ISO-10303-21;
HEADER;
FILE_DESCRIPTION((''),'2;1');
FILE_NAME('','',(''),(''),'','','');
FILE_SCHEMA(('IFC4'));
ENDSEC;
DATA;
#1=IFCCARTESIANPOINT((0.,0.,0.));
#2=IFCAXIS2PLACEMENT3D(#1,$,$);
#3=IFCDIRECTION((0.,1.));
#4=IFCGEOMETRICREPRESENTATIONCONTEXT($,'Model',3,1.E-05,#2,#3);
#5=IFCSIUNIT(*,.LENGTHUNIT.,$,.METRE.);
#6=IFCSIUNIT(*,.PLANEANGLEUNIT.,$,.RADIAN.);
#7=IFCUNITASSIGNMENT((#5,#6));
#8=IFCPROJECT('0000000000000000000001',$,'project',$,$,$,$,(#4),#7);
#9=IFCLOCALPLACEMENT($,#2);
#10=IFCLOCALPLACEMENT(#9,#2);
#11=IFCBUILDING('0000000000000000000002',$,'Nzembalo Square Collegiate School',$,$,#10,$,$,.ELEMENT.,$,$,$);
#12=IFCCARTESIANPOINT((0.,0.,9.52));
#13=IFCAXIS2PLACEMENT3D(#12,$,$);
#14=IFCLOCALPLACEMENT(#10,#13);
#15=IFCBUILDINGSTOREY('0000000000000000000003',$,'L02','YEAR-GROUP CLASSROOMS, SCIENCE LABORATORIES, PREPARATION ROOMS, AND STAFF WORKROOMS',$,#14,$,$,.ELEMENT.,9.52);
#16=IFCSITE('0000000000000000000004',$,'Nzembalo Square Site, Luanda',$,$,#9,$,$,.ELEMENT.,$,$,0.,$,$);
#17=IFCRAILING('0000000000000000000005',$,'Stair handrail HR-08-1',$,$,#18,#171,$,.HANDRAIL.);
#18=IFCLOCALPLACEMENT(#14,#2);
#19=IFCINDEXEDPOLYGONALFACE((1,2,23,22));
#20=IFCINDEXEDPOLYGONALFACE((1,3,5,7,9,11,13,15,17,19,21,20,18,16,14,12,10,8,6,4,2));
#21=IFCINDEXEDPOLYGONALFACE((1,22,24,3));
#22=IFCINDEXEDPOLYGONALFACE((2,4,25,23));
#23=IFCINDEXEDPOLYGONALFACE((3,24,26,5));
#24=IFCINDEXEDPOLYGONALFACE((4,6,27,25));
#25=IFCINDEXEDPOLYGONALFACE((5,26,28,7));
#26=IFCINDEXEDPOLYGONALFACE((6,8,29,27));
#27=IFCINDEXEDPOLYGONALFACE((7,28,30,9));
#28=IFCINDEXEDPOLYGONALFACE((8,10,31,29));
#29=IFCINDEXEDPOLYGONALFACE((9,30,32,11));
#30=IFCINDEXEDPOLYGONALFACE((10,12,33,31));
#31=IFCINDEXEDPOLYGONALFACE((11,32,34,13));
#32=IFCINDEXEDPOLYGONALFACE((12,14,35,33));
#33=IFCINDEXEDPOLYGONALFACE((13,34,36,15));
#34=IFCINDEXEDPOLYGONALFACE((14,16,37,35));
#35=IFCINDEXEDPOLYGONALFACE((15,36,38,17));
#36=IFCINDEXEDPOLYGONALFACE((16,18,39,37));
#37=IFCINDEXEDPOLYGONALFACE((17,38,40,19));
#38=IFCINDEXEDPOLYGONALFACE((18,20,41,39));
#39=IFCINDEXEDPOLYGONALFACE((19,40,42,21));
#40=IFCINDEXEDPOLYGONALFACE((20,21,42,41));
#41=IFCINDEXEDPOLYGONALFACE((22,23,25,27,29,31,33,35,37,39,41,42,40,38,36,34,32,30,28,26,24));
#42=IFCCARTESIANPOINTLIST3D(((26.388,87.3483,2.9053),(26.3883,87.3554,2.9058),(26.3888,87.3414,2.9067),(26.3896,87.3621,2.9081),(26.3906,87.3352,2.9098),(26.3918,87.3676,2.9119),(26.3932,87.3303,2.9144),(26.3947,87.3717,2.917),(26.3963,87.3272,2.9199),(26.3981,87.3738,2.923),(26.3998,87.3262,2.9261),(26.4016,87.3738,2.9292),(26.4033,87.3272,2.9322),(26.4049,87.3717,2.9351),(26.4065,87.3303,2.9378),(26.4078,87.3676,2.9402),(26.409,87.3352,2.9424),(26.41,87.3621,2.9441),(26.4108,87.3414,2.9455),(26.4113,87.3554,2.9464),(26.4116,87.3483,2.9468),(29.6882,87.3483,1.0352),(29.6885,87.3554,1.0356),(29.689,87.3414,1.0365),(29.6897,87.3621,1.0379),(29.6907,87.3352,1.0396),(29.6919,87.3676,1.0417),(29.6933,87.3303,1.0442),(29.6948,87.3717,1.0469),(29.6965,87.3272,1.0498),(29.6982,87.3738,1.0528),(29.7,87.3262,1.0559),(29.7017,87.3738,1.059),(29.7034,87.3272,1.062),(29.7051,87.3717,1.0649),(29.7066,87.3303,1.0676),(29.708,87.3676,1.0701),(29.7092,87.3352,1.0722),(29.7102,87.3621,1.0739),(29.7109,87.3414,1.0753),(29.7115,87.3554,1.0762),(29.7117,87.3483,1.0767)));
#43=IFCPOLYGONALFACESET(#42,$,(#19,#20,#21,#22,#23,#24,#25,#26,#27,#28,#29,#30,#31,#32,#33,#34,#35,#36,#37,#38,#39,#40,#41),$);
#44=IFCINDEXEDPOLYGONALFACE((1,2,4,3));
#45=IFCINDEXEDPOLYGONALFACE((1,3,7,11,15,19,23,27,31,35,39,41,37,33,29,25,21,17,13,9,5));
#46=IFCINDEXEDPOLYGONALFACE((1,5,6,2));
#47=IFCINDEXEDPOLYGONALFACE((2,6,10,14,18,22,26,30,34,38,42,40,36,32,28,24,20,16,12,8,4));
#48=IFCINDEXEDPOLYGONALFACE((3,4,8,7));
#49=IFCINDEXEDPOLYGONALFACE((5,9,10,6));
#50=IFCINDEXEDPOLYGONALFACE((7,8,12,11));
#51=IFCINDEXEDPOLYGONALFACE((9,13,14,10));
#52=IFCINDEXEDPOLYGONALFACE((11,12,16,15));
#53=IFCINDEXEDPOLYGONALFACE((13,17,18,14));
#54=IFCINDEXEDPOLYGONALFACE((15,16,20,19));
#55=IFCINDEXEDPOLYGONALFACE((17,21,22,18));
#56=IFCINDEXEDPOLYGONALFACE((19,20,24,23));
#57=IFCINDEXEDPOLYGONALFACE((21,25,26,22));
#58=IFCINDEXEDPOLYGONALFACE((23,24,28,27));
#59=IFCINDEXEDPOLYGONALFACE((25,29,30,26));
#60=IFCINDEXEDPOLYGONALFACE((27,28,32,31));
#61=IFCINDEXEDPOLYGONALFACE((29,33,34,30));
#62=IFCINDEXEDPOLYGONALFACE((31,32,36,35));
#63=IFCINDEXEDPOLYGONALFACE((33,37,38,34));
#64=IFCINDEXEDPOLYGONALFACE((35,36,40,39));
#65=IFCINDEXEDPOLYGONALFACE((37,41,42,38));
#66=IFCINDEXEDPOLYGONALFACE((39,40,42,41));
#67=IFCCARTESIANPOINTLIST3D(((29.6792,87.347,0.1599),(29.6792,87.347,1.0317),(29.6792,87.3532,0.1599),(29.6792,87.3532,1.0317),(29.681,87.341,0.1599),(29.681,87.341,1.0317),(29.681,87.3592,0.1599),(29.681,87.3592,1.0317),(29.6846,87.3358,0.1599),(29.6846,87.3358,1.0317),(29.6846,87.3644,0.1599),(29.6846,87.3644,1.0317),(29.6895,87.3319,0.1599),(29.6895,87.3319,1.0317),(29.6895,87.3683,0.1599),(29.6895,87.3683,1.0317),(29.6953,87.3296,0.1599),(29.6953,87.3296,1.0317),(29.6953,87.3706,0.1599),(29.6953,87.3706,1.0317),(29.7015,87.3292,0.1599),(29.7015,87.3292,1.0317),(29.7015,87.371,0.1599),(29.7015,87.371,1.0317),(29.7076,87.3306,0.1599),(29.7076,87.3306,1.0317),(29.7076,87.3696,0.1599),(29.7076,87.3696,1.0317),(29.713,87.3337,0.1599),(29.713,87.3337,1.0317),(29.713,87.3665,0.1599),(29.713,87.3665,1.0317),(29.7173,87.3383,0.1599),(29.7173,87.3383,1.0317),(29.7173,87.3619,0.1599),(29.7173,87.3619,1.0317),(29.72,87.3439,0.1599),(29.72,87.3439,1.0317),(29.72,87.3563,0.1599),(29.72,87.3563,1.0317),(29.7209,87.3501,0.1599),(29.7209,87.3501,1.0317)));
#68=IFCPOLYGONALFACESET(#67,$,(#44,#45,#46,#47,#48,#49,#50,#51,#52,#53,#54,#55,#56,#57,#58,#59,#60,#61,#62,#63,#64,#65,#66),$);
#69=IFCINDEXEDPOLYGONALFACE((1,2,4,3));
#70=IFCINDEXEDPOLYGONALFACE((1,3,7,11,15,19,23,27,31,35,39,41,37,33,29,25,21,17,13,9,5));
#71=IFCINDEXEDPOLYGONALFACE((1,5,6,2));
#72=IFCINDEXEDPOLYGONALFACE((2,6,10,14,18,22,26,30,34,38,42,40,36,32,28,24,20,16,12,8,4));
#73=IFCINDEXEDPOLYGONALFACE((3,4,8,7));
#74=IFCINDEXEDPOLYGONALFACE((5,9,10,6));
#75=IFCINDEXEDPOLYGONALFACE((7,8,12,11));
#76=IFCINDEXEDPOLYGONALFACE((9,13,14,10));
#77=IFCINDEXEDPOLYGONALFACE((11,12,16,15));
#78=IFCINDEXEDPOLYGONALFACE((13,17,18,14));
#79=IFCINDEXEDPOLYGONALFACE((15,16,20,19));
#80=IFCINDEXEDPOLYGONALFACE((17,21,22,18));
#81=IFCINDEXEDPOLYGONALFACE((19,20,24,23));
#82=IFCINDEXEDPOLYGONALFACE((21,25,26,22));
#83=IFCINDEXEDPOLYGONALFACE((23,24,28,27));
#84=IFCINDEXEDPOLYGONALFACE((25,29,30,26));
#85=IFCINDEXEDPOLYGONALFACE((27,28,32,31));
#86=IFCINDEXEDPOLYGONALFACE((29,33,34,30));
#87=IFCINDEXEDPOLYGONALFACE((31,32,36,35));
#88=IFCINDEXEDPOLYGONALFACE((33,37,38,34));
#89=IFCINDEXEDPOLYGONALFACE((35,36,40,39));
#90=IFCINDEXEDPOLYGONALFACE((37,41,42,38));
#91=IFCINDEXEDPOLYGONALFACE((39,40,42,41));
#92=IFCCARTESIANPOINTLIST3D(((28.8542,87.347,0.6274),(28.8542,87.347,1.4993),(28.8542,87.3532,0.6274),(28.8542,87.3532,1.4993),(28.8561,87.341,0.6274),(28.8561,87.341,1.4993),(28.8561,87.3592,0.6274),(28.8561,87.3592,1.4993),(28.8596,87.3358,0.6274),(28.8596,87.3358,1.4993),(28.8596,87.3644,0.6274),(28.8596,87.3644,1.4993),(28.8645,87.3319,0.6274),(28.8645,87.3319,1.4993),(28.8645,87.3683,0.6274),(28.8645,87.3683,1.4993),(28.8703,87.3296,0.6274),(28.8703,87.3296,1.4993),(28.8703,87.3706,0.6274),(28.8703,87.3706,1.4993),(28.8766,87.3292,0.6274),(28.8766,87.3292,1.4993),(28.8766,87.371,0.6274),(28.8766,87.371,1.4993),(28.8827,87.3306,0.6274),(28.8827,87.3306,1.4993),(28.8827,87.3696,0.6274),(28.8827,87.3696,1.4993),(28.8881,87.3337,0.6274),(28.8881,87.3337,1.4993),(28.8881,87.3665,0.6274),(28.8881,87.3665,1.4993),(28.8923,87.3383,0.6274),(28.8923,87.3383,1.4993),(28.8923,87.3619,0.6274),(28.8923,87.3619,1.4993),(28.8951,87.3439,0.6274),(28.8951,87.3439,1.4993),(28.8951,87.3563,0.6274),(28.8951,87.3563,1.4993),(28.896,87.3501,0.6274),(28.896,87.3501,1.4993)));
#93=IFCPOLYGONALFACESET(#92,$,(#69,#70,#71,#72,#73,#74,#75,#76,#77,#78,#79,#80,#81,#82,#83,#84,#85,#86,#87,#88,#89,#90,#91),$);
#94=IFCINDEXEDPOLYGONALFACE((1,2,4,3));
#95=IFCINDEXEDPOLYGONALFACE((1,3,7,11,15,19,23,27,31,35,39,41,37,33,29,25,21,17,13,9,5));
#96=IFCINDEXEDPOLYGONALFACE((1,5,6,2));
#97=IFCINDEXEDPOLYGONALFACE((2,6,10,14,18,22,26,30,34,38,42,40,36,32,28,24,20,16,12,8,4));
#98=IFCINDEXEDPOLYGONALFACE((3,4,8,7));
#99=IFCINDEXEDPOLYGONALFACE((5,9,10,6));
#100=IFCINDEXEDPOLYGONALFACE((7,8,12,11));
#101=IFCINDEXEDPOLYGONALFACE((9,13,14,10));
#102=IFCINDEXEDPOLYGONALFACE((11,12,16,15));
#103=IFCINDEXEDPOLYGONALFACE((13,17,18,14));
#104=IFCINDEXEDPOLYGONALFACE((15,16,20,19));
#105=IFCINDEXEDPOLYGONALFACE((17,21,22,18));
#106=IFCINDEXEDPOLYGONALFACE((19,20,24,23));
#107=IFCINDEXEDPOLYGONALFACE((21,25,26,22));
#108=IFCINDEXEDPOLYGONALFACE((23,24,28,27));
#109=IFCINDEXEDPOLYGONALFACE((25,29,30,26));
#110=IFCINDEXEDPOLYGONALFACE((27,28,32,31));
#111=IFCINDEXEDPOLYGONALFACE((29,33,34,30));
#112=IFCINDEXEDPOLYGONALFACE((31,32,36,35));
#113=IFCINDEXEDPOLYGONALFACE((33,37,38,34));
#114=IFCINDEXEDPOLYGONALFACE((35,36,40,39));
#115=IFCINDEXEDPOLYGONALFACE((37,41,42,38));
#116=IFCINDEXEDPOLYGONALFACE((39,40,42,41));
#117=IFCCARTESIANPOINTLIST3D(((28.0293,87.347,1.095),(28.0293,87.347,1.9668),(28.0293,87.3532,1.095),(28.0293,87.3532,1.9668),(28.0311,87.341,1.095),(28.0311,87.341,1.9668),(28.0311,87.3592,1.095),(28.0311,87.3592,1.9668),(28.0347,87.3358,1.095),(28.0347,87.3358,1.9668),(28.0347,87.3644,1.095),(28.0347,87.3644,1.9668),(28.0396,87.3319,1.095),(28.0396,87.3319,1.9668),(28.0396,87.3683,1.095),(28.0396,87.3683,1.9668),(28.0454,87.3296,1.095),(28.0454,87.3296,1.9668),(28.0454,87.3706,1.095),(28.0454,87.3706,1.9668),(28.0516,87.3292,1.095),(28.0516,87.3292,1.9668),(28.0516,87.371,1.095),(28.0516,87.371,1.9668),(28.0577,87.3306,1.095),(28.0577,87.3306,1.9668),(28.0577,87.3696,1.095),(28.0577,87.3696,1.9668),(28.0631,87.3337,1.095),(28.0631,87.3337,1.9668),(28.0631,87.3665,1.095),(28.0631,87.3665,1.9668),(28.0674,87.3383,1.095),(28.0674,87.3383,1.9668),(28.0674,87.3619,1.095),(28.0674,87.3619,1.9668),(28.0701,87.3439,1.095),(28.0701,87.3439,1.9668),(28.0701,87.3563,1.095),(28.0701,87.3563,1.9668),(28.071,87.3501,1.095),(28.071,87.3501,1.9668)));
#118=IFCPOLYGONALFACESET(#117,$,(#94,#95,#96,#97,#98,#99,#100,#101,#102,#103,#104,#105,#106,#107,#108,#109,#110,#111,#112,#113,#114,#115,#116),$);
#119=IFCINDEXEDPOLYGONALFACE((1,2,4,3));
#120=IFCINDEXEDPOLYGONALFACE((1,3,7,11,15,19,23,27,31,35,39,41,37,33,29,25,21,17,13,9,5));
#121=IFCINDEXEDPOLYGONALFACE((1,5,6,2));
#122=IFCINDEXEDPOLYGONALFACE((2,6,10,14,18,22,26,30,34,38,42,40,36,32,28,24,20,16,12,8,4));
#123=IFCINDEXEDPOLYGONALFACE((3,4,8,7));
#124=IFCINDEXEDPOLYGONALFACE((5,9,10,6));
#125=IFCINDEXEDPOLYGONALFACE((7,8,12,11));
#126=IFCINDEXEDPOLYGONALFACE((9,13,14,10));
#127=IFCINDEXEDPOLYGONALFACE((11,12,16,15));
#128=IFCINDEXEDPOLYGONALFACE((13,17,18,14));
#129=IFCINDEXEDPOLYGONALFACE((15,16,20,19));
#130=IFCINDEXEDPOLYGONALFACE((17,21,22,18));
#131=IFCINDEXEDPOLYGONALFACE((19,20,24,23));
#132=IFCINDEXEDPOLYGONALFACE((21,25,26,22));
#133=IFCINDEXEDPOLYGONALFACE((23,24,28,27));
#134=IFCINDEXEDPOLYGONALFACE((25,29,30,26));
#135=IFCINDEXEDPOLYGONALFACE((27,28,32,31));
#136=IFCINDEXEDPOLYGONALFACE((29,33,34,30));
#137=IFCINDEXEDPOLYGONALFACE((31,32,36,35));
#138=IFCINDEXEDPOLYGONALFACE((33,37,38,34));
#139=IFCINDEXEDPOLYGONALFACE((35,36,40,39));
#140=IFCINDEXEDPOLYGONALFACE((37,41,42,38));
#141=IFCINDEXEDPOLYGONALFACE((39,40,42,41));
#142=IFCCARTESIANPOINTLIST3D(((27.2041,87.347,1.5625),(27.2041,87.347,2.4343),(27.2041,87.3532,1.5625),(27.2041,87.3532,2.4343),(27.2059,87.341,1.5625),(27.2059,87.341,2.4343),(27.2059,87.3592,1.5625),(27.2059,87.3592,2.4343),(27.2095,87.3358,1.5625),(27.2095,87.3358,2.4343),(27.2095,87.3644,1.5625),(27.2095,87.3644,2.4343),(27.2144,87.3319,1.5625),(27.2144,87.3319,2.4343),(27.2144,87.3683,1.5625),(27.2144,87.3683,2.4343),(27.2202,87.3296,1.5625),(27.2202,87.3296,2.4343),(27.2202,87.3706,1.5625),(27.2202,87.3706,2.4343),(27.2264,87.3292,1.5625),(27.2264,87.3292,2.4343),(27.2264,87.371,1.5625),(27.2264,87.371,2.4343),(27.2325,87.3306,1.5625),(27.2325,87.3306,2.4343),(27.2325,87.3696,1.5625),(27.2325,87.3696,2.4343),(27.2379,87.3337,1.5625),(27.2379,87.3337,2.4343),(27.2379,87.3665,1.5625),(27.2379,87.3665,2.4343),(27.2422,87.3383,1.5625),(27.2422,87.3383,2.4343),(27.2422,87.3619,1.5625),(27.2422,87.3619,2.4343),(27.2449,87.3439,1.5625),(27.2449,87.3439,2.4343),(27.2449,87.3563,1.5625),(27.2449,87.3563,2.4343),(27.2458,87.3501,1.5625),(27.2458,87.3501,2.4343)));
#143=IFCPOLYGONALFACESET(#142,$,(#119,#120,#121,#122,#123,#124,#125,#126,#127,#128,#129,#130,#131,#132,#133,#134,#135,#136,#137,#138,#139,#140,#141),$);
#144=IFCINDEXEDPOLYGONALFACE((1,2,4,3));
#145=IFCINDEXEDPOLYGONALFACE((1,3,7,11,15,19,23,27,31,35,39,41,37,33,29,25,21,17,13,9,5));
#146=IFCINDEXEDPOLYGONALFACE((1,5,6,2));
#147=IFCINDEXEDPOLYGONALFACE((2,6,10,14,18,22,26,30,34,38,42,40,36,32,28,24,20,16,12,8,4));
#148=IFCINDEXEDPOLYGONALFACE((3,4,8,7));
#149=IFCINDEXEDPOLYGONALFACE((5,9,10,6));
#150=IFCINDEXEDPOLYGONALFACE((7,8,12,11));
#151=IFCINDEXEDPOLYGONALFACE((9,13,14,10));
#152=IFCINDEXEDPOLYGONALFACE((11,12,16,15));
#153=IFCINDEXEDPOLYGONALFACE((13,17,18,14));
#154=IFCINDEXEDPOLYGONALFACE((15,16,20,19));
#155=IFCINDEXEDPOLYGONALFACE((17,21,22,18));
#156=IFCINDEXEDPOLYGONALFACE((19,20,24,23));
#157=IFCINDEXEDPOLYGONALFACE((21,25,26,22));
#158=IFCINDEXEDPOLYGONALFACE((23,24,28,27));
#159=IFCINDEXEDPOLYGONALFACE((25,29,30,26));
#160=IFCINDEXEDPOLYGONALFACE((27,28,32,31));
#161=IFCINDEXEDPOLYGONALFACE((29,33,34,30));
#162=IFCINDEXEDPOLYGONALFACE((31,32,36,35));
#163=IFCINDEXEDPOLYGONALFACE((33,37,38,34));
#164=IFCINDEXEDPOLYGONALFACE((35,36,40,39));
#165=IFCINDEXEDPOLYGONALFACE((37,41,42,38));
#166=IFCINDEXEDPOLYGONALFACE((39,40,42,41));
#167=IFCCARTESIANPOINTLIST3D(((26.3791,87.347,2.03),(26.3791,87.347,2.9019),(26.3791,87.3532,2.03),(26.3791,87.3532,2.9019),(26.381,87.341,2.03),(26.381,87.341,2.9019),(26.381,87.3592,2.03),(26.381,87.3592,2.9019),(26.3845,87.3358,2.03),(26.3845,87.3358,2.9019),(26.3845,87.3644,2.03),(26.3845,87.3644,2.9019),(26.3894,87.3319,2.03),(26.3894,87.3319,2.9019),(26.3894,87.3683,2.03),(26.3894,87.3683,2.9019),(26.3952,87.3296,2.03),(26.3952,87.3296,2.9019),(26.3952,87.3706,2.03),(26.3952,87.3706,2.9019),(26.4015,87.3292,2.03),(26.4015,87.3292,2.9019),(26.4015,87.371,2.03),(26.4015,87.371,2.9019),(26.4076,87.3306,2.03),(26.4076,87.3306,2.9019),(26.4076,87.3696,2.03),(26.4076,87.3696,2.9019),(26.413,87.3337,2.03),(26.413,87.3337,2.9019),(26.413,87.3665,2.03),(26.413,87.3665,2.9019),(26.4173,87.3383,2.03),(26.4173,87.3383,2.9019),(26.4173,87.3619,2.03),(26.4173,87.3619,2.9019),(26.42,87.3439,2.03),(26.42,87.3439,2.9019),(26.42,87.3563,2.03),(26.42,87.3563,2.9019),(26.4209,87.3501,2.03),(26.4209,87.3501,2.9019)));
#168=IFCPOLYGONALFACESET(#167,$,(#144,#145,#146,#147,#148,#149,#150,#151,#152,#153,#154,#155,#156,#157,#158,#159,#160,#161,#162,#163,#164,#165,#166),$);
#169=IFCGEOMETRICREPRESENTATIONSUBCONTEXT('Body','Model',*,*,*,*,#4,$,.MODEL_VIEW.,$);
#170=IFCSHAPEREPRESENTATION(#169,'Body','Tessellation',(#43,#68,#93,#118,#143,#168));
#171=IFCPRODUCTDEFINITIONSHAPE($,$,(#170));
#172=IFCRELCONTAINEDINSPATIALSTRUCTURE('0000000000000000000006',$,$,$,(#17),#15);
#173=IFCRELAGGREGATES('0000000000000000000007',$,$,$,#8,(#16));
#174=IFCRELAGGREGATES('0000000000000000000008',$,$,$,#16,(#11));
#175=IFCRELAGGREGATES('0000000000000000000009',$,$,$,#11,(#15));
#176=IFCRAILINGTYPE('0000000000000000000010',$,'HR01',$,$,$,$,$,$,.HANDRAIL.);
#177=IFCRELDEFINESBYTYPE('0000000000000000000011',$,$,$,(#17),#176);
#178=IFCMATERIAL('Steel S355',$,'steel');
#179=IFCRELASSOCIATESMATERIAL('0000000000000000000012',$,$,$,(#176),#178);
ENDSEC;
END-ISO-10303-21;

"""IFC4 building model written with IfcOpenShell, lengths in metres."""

from ifc_helpers import new_model, si_unit, direction, frame, origin, origin_2d, place, context, subcontext, project, spatial, circle, extrude, material, type_object, element, save


model = new_model("IFC4")

# Units and contexts
model_context = context("Model", 3, precision=1e-05, world=origin(), true_north=direction((0.0, 1.0)))
body_context = subcontext(model_context, "Body", "Model", "MODEL_VIEW")
ifc_project = project(units=[si_unit("LENGTHUNIT", "METRE"), si_unit("PLANEANGLEUNIT", "RADIAN")], contexts=[model_context])

# Site, building, storey
site_placement = place(None, origin())
site = spatial("IfcSite", under=ifc_project, at=site_placement, Name="Nzembalo Square Site, Luanda", CompositionType="ELEMENT", RefElevation=0.0)
building_placement = place(site_placement, origin())
building = spatial("IfcBuilding", under=site, at=building_placement, Name="Nzembalo Square Collegiate School", CompositionType="ELEMENT")
storey_placement = place(building_placement, frame((0.0, 0.0, 9.52)))
storey = spatial("IfcBuildingStorey", under=building, at=storey_placement, Name="L02", Description="YEAR-GROUP CLASSROOMS, SCIENCE LABORATORIES, PREPARATION ROOMS, AND STAFF WORKROOMS", CompositionType="ELEMENT", Elevation=9.52)

# Railing
ifc_material_1 = material(Name="Steel S355", Category="steel")
railing_type_1 = type_object("IfcRailingType", Name="HR01", PredefinedType="HANDRAIL", material=ifc_material_1)
railing_1_placement = place(storey_placement, frame((29.7, 87.3501, 0.1599)))
element("IfcRailing", 1, at=railing_1_placement, inside=storey, type_object=railing_type_1, Name="Stair handrail HR-08-1", PredefinedType="HANDRAIL", context=body_context, shape_type="SweptSolid", body=[
    extrude(circle(Radius=0.0239, at=origin_2d()), frame((0.0, 0.0, 0.896), z_axis=(-0.870012, 0.0, 0.49303), x_axis=(0.0, -1.0, 0.0)), (0.0, 0.0, 1.0), 3.7932),
    extrude(circle(Radius=0.021, at=origin_2d()), origin(), (0.0, 0.0, 1.0), 0.8718),
    extrude(circle(Radius=0.021, at=origin_2d()), frame((-0.825, 0.0, 0.4675)), (0.0, 0.0, 1.0), 0.8718),
    extrude(circle(Radius=0.021, at=origin_2d()), frame((-1.6499, 0.0, 0.9351)), (0.0, 0.0, 1.0), 0.8718),
    extrude(circle(Radius=0.021, at=origin_2d()), frame((-2.4751, 0.0, 1.4026)), (0.0, 0.0, 1.0), 0.8718),
    extrude(circle(Radius=0.021, at=origin_2d()), frame((-3.3, 0.0, 1.8701)), (0.0, 0.0, 1.0), 0.8718),
])

save(model, "model.ifc")
